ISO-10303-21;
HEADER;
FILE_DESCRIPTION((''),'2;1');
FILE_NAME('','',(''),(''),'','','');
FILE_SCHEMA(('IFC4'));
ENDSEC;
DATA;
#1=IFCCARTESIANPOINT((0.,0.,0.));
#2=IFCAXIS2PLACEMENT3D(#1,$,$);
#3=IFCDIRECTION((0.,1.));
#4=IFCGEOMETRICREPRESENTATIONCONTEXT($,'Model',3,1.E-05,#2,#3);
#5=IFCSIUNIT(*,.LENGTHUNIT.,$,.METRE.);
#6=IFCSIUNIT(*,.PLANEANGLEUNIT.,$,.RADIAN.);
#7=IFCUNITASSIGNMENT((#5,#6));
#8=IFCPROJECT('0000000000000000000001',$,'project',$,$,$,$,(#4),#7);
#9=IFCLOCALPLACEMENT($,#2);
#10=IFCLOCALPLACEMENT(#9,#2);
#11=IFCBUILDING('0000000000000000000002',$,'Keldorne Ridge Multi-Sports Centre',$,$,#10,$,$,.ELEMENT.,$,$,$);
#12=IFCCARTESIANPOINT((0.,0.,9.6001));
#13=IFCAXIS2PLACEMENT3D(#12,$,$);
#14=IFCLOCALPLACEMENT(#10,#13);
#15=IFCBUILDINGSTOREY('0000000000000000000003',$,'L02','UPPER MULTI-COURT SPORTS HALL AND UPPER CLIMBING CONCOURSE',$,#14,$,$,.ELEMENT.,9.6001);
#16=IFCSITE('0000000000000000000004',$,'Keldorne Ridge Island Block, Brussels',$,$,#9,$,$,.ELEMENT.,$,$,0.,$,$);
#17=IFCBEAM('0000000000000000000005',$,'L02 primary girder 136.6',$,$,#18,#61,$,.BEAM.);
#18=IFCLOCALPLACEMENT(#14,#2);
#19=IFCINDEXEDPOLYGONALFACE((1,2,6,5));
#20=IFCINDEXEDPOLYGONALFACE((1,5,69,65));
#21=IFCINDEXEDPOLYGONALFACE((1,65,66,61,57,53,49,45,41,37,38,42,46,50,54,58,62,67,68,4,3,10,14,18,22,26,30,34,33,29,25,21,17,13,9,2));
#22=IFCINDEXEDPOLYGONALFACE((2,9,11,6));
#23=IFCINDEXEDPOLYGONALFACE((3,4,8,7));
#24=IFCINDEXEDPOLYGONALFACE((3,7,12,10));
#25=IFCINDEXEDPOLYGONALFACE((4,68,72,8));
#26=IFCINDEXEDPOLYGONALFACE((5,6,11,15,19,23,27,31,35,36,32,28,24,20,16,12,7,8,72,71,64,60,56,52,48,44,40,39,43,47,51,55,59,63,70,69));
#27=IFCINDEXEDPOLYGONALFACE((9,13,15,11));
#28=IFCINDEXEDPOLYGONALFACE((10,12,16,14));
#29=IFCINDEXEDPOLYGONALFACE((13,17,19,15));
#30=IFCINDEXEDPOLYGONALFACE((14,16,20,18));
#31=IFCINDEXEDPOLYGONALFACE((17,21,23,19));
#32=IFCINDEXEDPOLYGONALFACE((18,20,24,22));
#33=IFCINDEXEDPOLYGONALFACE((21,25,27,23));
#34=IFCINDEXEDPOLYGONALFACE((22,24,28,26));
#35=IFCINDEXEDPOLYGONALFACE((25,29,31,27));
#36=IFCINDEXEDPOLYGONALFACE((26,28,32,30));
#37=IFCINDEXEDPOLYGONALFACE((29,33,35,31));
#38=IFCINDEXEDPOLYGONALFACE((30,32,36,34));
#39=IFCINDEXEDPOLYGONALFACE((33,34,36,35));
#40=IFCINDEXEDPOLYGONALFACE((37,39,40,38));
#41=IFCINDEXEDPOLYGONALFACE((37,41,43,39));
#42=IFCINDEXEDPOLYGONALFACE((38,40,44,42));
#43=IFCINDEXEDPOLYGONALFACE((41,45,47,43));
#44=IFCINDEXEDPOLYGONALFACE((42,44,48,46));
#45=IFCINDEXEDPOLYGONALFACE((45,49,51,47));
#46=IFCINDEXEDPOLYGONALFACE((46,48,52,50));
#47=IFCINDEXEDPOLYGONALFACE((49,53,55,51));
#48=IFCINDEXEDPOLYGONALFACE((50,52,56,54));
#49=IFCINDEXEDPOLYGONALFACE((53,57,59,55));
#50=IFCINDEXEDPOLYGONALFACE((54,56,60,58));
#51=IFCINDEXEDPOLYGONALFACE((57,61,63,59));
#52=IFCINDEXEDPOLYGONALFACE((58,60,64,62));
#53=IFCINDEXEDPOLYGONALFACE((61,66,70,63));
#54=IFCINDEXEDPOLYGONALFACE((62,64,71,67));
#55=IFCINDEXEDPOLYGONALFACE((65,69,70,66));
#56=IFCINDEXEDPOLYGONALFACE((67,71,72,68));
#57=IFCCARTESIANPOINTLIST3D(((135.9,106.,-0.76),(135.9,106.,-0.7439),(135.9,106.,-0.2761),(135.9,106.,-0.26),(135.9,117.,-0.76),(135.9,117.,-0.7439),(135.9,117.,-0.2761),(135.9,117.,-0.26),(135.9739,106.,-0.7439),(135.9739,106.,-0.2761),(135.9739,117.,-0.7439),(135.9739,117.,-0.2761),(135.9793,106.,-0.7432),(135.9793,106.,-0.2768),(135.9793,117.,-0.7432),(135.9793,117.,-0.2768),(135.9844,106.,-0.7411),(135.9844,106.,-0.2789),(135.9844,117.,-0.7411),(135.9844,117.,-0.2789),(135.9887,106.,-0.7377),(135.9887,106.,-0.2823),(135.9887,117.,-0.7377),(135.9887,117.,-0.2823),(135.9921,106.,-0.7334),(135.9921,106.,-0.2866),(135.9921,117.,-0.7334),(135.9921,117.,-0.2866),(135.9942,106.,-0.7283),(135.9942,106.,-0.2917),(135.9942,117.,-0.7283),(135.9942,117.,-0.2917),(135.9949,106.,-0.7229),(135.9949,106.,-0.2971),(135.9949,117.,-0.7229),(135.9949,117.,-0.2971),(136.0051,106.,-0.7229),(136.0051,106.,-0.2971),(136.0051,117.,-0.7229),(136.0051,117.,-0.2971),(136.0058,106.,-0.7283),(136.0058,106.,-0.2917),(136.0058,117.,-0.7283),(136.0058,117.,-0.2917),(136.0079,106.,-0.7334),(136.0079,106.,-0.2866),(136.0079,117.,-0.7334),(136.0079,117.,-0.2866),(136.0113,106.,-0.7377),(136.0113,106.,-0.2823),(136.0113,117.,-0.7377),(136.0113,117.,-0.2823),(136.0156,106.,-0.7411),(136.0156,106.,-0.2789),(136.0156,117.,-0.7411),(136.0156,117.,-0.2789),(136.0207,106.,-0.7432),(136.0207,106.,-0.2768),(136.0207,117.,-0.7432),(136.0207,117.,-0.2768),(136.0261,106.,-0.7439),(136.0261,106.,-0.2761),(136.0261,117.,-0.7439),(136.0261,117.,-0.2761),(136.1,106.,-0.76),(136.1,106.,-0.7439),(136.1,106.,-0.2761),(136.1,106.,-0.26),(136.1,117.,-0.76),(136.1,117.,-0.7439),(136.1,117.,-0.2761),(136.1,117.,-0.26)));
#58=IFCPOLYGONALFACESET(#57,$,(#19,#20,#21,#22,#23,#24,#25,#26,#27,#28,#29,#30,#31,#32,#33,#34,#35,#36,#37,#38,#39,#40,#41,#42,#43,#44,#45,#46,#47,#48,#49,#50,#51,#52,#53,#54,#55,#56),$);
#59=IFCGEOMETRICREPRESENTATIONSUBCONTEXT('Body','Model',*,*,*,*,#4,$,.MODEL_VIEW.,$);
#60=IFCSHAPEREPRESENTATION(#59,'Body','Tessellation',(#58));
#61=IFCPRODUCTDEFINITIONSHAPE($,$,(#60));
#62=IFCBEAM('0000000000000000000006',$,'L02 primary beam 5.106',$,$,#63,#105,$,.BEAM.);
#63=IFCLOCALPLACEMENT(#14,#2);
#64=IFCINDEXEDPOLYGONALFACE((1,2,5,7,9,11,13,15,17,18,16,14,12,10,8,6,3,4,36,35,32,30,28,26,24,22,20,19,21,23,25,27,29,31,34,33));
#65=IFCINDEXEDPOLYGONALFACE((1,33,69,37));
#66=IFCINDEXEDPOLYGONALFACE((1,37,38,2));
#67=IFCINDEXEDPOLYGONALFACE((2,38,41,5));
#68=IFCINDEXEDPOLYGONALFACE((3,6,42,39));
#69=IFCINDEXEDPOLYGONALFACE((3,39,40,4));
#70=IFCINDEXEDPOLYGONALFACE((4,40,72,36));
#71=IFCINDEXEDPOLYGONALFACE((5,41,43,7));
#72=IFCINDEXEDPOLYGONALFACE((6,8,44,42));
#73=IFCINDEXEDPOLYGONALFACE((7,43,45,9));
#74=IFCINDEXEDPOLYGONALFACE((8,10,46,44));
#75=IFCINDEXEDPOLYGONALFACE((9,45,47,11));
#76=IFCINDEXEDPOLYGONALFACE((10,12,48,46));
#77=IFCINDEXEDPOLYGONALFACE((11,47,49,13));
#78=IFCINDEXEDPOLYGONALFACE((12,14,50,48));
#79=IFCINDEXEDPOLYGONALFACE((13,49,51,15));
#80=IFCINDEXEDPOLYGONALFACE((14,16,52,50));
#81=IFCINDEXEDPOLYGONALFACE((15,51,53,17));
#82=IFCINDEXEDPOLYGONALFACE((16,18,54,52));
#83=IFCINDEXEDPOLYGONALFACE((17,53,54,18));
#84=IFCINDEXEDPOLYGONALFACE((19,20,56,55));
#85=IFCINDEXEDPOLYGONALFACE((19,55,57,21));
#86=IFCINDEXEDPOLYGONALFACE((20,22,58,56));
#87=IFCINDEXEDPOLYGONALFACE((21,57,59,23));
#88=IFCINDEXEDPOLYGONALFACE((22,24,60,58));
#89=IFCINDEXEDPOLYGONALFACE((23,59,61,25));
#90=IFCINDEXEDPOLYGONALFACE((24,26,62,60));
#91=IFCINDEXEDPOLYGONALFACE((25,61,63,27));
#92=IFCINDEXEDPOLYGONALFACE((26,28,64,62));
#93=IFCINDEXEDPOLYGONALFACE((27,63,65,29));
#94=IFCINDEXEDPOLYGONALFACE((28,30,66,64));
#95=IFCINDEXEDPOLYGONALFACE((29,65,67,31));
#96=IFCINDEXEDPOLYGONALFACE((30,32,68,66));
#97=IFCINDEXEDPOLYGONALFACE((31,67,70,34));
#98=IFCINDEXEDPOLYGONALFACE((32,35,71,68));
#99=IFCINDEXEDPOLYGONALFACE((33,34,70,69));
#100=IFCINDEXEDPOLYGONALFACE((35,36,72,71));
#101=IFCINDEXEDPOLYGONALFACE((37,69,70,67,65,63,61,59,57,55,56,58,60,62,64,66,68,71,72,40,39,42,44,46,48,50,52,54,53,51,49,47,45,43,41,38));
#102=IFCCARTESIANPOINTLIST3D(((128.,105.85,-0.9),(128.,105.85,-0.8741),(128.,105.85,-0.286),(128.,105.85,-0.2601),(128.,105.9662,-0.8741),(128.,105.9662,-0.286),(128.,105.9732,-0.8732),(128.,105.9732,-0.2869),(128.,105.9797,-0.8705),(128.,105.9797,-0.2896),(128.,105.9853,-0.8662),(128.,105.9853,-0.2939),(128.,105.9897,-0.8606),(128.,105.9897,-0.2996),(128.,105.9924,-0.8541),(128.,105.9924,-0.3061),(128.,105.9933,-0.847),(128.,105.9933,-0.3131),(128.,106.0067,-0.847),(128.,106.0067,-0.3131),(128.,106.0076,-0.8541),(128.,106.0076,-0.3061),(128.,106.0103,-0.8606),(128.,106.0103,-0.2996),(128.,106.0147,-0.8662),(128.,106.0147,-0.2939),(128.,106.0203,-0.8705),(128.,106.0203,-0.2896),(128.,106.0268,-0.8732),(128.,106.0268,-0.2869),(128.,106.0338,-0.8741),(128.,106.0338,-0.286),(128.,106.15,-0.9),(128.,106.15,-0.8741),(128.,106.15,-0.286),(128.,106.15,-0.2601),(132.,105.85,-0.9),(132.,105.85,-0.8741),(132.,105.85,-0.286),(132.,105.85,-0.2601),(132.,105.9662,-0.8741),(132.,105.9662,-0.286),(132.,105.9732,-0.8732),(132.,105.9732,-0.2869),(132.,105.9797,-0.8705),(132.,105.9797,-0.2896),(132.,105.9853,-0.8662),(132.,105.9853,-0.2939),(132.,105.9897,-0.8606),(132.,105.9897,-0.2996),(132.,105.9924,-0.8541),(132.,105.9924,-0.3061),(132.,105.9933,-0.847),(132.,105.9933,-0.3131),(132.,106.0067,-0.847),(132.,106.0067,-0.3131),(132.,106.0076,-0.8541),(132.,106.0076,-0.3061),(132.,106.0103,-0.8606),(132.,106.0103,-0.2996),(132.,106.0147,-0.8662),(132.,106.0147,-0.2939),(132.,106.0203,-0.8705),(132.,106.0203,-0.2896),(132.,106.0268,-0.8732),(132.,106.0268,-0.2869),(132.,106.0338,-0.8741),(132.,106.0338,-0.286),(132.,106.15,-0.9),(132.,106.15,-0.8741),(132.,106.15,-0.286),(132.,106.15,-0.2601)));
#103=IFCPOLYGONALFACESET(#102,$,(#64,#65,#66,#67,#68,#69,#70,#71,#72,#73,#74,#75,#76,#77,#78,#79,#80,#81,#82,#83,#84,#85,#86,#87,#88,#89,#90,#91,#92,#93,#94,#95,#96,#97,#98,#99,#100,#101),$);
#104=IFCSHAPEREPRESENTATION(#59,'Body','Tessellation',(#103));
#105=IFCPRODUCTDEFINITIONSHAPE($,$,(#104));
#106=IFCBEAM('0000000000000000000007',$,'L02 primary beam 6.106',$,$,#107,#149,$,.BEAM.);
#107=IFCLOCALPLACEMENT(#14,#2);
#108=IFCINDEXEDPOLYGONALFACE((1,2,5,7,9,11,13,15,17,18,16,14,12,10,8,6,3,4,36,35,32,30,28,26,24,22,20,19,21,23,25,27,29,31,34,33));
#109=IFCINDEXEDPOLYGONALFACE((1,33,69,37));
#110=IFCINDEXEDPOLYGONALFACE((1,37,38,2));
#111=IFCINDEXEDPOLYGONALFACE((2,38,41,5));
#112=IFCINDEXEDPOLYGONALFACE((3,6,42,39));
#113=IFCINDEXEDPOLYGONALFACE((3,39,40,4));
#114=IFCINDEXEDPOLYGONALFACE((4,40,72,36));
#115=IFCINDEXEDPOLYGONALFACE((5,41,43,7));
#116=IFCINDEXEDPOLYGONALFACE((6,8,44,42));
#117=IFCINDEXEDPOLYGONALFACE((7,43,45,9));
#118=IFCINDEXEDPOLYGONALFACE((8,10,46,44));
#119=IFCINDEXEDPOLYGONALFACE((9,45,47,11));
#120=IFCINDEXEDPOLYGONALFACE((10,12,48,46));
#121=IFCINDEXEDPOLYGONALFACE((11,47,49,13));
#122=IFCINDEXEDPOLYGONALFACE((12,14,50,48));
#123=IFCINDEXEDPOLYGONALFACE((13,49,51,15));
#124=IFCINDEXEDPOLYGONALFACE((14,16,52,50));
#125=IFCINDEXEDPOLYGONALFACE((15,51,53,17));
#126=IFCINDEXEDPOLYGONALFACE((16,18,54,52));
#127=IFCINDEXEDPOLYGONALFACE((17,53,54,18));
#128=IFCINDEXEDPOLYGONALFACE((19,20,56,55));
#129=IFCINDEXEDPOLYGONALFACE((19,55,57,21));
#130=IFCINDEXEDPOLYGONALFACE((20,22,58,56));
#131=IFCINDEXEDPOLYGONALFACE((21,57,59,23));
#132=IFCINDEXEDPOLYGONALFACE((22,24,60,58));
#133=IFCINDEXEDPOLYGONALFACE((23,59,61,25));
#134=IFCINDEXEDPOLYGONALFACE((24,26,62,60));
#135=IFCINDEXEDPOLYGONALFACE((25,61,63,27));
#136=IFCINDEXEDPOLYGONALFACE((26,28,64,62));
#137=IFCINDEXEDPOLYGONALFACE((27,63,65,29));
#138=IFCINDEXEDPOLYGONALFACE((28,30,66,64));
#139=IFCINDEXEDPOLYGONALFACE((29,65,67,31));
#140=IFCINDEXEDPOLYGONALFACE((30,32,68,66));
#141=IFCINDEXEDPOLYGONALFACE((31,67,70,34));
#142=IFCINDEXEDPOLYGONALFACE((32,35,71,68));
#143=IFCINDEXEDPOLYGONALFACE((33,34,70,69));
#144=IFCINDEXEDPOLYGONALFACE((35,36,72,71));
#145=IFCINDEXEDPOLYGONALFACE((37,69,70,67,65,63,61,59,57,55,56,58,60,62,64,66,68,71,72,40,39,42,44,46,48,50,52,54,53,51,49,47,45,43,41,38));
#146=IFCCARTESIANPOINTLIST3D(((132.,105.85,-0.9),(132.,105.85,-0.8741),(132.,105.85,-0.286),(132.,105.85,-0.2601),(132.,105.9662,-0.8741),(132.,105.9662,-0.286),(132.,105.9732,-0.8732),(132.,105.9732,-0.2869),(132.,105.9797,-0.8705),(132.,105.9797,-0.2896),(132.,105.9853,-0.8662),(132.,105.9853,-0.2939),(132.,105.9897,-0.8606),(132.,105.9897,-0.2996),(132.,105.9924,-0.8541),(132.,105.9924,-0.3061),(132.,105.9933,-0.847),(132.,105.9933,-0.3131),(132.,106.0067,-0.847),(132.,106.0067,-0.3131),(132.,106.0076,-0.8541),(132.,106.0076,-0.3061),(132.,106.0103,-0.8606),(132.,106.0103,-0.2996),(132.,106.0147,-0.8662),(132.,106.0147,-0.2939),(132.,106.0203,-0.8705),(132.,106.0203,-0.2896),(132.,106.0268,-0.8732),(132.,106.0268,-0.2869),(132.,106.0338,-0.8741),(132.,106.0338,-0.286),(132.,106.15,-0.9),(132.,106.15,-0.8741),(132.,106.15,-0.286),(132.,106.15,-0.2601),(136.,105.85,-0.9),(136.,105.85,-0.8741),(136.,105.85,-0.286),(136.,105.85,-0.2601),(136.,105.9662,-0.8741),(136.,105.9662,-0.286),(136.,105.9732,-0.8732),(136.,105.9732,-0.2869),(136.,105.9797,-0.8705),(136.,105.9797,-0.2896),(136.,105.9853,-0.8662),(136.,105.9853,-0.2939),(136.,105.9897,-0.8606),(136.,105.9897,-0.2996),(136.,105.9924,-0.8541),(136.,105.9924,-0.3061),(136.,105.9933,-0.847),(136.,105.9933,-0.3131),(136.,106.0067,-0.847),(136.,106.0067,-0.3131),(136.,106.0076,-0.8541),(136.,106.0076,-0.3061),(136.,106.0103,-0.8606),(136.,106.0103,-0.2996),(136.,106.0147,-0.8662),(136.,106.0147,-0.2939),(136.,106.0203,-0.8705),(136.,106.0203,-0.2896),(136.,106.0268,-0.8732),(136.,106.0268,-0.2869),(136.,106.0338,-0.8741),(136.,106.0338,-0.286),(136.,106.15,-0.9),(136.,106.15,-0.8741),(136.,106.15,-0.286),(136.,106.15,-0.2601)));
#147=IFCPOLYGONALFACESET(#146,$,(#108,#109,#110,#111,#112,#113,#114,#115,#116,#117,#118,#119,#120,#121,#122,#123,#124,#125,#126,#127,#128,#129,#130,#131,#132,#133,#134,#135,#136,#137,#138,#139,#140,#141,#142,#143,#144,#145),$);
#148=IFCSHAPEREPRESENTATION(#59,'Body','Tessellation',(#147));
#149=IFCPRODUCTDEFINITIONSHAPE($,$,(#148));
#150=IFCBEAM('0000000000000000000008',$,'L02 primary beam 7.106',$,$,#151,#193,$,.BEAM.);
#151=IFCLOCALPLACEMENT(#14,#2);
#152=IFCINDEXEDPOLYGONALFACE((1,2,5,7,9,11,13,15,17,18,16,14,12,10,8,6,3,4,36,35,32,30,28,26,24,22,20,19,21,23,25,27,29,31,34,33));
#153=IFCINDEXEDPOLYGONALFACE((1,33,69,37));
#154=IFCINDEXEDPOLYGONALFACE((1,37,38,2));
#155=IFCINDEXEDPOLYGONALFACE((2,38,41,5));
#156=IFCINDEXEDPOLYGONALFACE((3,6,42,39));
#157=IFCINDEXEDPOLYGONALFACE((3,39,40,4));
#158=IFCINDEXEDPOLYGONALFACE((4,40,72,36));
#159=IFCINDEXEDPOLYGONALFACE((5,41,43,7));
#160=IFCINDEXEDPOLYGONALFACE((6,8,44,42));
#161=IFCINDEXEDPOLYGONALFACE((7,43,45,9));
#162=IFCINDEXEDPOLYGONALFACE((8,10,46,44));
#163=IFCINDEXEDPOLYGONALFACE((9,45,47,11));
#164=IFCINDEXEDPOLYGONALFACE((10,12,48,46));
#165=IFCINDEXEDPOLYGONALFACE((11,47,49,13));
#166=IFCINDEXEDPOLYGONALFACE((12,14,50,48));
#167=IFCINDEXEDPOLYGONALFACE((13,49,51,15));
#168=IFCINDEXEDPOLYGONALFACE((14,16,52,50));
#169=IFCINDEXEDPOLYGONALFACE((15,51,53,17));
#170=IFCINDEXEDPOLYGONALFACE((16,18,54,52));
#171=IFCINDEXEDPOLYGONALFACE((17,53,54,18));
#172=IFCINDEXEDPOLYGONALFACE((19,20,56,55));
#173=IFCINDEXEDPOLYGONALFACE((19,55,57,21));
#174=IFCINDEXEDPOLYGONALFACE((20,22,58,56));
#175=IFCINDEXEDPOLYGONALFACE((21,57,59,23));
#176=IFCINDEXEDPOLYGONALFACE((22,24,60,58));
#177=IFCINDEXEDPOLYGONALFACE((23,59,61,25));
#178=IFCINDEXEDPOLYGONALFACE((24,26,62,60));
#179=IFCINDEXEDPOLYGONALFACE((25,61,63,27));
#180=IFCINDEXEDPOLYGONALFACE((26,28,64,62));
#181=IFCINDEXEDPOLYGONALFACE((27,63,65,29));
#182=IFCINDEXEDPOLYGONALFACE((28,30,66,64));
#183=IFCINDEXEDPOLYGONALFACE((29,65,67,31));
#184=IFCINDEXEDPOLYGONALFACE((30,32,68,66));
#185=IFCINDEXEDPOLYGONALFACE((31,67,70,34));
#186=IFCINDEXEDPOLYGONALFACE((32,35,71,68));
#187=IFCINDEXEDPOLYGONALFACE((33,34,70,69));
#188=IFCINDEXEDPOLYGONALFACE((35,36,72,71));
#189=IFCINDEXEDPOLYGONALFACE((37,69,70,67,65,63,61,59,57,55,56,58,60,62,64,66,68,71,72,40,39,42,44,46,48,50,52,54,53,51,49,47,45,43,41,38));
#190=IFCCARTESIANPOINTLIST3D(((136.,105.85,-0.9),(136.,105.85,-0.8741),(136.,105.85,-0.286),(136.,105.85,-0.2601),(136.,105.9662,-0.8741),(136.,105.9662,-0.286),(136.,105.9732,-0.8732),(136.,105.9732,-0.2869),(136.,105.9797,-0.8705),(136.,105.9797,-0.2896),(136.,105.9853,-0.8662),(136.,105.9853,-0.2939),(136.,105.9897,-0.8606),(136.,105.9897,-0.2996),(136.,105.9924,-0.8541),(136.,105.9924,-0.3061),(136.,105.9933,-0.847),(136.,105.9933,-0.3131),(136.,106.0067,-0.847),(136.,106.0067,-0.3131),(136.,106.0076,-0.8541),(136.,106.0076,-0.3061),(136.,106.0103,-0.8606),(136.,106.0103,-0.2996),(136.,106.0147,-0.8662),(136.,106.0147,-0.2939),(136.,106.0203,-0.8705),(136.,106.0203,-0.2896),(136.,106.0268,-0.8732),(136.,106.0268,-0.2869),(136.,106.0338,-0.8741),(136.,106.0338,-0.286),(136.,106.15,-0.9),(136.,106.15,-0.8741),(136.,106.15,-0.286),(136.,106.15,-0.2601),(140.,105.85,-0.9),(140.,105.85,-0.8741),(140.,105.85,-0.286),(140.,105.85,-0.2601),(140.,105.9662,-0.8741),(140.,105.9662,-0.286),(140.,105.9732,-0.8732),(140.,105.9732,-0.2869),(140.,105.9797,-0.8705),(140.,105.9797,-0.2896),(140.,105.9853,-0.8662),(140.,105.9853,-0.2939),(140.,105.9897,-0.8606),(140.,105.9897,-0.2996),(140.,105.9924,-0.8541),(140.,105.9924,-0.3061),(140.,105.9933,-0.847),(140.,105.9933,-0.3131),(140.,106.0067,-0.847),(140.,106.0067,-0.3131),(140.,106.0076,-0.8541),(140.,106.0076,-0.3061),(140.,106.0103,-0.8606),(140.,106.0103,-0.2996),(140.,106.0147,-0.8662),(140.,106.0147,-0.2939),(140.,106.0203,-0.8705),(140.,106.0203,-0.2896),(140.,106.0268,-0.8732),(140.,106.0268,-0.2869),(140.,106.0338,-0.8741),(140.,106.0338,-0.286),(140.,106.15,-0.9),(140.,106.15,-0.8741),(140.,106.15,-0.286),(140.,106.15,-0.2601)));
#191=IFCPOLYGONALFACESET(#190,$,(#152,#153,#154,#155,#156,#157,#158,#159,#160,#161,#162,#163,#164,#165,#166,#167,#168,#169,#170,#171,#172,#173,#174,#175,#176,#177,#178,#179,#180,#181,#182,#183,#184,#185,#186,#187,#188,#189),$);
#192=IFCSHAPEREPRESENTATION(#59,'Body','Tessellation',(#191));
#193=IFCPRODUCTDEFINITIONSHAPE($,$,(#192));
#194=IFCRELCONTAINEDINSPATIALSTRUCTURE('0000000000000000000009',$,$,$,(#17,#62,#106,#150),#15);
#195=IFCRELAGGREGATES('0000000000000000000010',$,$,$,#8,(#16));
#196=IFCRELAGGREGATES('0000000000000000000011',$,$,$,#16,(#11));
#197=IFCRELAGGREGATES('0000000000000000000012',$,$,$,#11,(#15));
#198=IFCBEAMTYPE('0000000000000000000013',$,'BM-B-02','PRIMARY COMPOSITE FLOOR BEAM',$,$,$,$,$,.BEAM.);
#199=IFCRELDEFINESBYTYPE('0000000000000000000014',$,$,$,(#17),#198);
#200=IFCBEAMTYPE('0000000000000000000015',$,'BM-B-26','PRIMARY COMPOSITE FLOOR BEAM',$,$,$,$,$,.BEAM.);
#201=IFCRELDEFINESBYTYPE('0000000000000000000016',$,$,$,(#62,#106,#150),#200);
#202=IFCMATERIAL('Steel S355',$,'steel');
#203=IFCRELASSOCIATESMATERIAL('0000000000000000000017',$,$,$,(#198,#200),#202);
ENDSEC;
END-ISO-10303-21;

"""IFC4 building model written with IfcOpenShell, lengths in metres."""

from ifc_helpers import new_model, si_unit, direction, frame, origin, origin_2d, place, context, subcontext, project, spatial, i_section, extrude, material, material_profile, profile_set, type_object, element, save


model = new_model("IFC4")

# Units and contexts
model_context = context("Model", 3, precision=1e-05, world=origin(), true_north=direction((0.0, 1.0)))
body_context = subcontext(model_context, "Body", "Model", "MODEL_VIEW")
ifc_project = project(units=[si_unit("LENGTHUNIT", "METRE"), si_unit("PLANEANGLEUNIT", "RADIAN")], contexts=[model_context])

# Site, building, storey
site_placement = place(None, origin())
site = spatial("IfcSite", under=ifc_project, at=site_placement, Name="Keldorne Ridge Island Block, Brussels", CompositionType="ELEMENT", RefElevation=0.0)
building_placement = place(site_placement, origin())
building = spatial("IfcBuilding", under=site, at=building_placement, Name="Keldorne Ridge Multi-Sports Centre", CompositionType="ELEMENT")
storey_placement = place(building_placement, frame((0.0, 0.0, 9.6001)))
storey = spatial("IfcBuildingStorey", under=building, at=storey_placement, Name="L02", Description="UPPER MULTI-COURT SPORTS HALL AND UPPER CLIMBING CONCOURSE", CompositionType="ELEMENT", Elevation=9.6001)

# Shared definitions
ifc_material_1 = material(Name="Steel S355", Category="steel")

# Beams
ifc_material_profile_1 = material_profile(ifc_material_1, i_section(OverallWidth=0.2, OverallDepth=0.5, WebThickness=0.0103, FlangeThickness=0.0161, FilletRadius=0.021, at=origin_2d()), Name="IPE 500")
ifc_profile_set_1 = profile_set([ifc_material_profile_1], Name="Steel S355")
beam_type_1 = type_object("IfcBeamType", Name="BM-B-02", Description="PRIMARY COMPOSITE FLOOR BEAM", PredefinedType="BEAM", material=ifc_profile_set_1)
for number, where, z_axis, x_axis, name in (
    (1, (136.0, 106.0, -0.51), (0.0, 1.0, 0.0), (-1.0, 0.0, 0.0), "L02 primary girder 136.6"),
):
    element("IfcBeam", number, at=place(storey_placement, frame(where, z_axis=z_axis, x_axis=x_axis)), inside=storey, type_object=beam_type_1, Name=name, PredefinedType="BEAM", context=body_context, shape_type="SweptSolid", body=[
        extrude(i_section(OverallWidth=0.2, OverallDepth=0.5, WebThickness=0.0103, FlangeThickness=0.0161, FilletRadius=0.021, at=origin_2d()), origin(), (0.0, 0.0, 1.0), 11.0),
    ])
ifc_material_profile_2 = material_profile(ifc_material_1, i_section(OverallWidth=0.3, OverallDepth=0.6399, WebThickness=0.0134, FlangeThickness=0.0259, FilletRadius=0.0271, at=origin_2d()), Name="HEA 650")
ifc_profile_set_2 = profile_set([ifc_material_profile_2], Name="Steel S355")
beam_type_2 = type_object("IfcBeamType", Name="BM-B-26", Description="PRIMARY COMPOSITE FLOOR BEAM", PredefinedType="BEAM", material=ifc_profile_set_2)
for number, where, z_axis, x_axis, name in (
    (2, (128.0, 106.0, -0.5801), (1.0, 0.0, 0.0), (0.0, 1.0, 0.0), "L02 primary beam 5.106"),
    (3, (132.0, 106.0, -0.5801), (1.0, 0.0, 0.0), (0.0, 1.0, 0.0), "L02 primary beam 6.106"),
    (4, (136.0, 106.0, -0.5801), (1.0, 0.0, 0.0), (0.0, 1.0, 0.0), "L02 primary beam 7.106"),
):
    element("IfcBeam", number, at=place(storey_placement, frame(where, z_axis=z_axis, x_axis=x_axis)), inside=storey, type_object=beam_type_2, Name=name, PredefinedType="BEAM", context=body_context, shape_type="SweptSolid", body=[
        extrude(i_section(OverallWidth=0.3, OverallDepth=0.6399, WebThickness=0.0134, FlangeThickness=0.0259, FilletRadius=0.0271, at=origin_2d()), origin(), (0.0, 0.0, 1.0), 4.0),
    ])

save(model, "model.ifc")
